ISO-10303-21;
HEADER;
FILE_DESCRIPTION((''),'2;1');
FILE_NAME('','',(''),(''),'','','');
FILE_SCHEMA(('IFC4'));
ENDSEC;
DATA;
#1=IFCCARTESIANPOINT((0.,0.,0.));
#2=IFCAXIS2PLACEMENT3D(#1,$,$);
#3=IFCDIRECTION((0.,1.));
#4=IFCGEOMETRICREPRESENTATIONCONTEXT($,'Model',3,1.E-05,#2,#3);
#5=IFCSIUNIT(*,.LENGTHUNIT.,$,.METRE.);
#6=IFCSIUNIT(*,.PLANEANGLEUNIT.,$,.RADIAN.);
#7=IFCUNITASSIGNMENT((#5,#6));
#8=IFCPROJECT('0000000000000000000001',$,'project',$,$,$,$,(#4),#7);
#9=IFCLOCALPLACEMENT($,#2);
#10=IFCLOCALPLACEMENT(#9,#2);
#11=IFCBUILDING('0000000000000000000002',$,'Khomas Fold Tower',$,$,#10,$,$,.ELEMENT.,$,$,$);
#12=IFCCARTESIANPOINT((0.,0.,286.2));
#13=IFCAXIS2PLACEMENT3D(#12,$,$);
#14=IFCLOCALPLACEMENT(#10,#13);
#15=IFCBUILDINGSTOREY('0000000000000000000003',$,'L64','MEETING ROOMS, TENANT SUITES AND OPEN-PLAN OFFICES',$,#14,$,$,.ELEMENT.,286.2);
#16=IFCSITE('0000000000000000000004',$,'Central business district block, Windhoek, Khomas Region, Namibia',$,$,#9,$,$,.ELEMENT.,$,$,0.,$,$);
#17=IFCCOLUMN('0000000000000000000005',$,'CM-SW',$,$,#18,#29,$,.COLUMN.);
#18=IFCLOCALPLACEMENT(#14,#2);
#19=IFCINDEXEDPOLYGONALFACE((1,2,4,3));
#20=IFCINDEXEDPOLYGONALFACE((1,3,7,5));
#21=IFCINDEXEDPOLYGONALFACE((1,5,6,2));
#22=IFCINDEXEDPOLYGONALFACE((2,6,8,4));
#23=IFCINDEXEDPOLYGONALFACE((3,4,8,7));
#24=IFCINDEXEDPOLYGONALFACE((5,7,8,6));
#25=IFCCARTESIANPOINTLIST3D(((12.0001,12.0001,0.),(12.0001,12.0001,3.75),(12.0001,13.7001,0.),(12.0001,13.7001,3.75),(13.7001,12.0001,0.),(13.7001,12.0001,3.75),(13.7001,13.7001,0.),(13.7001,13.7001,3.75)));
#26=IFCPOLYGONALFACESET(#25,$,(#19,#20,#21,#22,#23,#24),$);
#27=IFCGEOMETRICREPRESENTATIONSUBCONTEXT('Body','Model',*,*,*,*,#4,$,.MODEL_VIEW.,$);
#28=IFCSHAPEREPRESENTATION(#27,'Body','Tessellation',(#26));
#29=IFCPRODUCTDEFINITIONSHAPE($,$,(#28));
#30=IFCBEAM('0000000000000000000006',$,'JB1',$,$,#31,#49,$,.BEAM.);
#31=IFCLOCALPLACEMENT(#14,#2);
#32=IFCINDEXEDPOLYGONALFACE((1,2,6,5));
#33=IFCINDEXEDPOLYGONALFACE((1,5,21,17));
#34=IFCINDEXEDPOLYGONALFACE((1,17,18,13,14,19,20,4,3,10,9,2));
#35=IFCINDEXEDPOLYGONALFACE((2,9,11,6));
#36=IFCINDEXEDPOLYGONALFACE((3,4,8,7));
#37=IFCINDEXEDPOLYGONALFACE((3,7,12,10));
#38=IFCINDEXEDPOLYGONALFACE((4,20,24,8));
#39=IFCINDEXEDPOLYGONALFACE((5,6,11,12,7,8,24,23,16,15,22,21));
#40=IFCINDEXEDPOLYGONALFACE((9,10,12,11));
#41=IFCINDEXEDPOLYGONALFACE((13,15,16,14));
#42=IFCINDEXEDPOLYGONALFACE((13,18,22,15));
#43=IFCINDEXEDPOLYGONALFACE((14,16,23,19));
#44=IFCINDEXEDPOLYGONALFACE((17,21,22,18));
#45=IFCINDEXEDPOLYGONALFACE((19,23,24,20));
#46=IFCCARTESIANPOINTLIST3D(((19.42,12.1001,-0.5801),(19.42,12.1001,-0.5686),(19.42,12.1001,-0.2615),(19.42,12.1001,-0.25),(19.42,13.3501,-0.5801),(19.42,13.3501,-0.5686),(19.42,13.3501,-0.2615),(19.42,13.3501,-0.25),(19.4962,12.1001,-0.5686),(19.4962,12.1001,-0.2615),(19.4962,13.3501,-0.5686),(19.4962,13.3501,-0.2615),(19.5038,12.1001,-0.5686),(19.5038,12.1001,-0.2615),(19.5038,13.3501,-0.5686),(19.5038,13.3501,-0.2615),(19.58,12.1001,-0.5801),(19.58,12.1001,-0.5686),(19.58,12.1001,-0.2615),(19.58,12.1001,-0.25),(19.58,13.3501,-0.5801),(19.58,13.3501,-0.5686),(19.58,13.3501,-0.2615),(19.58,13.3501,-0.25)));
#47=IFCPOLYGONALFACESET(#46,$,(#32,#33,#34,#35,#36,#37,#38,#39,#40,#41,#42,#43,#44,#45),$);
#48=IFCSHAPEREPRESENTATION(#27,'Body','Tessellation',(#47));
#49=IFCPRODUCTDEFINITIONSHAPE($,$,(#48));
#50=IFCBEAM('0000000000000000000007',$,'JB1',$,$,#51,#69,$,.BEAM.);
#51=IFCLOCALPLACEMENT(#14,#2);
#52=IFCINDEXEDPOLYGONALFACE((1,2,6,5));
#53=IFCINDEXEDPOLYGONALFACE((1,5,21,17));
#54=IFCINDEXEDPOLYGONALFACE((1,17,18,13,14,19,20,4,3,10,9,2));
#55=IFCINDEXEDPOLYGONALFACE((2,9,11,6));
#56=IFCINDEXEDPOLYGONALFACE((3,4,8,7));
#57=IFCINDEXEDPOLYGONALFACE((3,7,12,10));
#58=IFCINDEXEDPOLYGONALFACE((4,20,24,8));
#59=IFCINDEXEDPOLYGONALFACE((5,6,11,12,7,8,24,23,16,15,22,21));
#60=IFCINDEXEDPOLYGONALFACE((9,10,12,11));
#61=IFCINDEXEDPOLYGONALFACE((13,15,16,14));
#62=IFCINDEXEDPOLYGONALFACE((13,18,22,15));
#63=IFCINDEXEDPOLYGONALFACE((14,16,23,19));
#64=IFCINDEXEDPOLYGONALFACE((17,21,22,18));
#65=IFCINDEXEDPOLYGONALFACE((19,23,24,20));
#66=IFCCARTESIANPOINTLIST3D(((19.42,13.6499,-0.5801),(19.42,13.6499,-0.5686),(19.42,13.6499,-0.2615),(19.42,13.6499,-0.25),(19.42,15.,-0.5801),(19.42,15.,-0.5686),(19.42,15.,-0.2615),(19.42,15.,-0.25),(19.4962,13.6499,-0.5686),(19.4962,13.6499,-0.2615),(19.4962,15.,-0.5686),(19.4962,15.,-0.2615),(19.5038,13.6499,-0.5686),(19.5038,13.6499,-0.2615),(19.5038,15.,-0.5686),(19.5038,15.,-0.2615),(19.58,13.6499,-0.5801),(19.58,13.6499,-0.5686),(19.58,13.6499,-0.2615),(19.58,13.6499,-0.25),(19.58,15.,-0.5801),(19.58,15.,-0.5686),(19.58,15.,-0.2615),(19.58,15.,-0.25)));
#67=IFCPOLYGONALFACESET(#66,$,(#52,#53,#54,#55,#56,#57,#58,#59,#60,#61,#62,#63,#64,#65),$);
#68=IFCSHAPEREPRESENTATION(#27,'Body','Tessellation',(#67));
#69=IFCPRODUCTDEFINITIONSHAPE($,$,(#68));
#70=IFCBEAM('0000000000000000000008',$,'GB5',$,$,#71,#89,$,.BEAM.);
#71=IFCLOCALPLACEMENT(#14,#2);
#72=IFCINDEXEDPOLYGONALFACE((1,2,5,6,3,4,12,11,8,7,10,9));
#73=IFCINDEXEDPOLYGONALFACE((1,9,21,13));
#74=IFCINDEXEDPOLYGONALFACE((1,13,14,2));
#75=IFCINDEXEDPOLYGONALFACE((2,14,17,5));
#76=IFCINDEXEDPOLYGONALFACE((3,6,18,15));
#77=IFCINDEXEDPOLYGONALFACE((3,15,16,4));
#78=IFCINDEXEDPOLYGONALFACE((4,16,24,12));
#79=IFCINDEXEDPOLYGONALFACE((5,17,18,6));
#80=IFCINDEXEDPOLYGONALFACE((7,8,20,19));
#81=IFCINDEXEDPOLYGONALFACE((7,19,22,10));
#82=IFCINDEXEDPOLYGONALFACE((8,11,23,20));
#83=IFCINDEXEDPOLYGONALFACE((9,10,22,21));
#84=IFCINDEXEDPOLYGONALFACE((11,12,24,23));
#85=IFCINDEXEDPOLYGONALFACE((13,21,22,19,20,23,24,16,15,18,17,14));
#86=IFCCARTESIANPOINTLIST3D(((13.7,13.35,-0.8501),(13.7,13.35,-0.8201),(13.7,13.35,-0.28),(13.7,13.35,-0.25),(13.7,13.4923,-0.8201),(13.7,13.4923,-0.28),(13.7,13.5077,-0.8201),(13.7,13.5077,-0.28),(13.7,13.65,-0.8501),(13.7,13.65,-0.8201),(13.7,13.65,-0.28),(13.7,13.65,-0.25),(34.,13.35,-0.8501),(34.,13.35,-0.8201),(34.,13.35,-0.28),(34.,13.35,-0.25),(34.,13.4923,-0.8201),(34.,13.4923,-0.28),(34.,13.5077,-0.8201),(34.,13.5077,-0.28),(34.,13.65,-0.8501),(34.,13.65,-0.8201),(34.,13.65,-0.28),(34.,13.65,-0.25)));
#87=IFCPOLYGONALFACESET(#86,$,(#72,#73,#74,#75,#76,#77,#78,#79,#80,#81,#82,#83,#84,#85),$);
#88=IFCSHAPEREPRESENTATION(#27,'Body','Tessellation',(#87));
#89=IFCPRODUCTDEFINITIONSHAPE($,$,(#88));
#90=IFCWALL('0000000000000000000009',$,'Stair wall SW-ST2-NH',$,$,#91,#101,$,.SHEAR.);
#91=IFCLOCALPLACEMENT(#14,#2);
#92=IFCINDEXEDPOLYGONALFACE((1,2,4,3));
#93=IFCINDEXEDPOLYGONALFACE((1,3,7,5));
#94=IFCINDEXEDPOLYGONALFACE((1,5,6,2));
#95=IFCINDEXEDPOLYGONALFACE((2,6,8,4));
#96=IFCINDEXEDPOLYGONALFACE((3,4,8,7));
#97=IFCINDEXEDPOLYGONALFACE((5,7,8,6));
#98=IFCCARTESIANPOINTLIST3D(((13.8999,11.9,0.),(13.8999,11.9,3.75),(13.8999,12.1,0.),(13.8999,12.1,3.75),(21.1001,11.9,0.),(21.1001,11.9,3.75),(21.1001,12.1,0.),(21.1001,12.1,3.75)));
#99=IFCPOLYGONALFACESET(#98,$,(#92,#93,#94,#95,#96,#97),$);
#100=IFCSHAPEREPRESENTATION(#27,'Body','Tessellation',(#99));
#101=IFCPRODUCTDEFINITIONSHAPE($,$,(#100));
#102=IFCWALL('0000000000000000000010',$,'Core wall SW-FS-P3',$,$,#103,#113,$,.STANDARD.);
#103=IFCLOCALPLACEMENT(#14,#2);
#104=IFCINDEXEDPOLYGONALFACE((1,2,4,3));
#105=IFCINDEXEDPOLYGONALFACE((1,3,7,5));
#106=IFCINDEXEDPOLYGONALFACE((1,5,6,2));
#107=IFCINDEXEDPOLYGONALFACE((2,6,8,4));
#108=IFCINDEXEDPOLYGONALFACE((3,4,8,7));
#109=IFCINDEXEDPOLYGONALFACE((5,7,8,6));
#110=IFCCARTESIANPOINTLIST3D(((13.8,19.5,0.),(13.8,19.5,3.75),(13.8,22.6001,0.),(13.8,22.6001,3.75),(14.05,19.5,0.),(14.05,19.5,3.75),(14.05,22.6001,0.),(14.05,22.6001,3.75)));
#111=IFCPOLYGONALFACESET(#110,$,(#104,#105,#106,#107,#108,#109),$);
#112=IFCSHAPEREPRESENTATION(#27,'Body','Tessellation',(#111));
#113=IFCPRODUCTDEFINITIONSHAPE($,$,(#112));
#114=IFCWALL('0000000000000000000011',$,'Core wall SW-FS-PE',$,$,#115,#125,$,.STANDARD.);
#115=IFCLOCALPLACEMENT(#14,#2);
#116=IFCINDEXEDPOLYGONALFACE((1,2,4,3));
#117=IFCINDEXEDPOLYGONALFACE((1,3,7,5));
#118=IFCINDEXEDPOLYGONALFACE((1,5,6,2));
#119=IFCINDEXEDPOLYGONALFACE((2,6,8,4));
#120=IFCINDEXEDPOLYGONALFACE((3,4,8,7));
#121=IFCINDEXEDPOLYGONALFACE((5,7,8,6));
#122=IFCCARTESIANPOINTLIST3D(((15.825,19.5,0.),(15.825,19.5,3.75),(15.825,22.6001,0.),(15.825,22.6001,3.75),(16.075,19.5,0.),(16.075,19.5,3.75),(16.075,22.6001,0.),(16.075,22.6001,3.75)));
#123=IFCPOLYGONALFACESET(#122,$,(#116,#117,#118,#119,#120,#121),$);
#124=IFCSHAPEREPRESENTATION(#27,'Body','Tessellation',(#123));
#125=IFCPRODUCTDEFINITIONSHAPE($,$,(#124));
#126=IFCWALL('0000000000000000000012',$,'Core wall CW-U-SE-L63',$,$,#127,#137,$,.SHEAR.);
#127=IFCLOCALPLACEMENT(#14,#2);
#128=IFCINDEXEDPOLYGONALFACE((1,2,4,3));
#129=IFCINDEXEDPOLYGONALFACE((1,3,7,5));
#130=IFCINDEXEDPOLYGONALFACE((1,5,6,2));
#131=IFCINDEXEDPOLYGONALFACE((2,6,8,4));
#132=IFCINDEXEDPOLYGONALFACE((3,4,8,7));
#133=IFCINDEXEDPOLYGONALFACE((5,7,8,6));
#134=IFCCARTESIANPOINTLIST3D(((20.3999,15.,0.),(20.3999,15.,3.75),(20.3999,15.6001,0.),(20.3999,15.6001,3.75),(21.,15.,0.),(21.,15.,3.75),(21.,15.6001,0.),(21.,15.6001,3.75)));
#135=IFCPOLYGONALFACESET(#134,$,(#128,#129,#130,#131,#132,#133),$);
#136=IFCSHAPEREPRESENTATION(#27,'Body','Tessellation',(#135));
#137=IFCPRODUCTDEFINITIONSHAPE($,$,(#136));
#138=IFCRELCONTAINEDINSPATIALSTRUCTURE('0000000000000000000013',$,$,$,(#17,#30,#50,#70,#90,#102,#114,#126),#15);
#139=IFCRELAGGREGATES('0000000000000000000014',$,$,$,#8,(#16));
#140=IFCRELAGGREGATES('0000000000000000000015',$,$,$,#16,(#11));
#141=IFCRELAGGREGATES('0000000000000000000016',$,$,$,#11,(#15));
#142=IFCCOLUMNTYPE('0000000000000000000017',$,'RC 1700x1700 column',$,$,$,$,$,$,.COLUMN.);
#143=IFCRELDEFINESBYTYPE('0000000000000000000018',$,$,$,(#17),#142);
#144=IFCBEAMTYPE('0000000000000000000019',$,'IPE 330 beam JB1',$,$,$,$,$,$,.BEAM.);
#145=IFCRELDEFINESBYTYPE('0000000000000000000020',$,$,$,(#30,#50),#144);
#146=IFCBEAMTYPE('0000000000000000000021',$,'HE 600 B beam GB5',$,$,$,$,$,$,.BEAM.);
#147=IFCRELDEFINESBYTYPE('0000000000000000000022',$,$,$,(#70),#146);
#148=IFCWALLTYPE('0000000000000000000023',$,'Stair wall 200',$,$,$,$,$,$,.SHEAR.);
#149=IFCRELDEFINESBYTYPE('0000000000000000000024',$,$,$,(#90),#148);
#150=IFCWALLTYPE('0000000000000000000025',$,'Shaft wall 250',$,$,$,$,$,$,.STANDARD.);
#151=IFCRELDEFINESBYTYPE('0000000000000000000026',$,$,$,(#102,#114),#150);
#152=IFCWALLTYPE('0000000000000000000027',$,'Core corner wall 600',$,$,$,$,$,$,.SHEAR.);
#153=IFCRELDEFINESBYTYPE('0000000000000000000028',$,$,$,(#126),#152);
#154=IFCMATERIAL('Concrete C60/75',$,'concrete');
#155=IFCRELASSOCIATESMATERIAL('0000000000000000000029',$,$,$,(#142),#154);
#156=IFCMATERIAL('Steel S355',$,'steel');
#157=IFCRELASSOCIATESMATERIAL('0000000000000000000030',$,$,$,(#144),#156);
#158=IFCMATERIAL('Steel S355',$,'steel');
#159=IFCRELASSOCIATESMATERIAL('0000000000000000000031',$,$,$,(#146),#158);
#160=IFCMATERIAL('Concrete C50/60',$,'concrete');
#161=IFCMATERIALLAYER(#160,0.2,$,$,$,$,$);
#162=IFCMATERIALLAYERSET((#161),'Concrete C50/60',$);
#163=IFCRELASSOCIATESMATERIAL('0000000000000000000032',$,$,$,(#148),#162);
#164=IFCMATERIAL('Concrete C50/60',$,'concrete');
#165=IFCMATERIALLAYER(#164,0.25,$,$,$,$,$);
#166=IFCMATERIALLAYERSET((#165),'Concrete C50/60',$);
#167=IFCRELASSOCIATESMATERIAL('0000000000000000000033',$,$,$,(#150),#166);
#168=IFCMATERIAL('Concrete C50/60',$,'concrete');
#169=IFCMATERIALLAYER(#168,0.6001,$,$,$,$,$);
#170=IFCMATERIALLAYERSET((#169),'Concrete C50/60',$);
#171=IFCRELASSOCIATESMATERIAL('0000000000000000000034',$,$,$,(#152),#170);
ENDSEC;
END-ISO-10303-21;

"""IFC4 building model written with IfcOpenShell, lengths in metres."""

from ifc_helpers import new_model, si_unit, direction, frame, frame_2d, origin, origin_2d, place, context, subcontext, project, spatial, rectangle, i_section, extrude, source, transform, mapped, material, layer, layer_set, material_profile, profile_set, type_object, element, save


model = new_model("IFC4")

# Units and contexts
model_context = context("Model", 3, precision=1e-05, world=origin(), true_north=direction((0.0, 1.0)))
body_context = subcontext(model_context, "Body", "Model", "MODEL_VIEW")
ifc_project = project(units=[si_unit("LENGTHUNIT", "METRE"), si_unit("PLANEANGLEUNIT", "RADIAN")], contexts=[model_context])

# Site, building, storey
site_placement = place(None, origin())
site = spatial("IfcSite", under=ifc_project, at=site_placement, Name="Central business district block, Windhoek, Khomas Region, Namibia", CompositionType="ELEMENT", RefElevation=0.0)
building_placement = place(site_placement, origin())
building = spatial("IfcBuilding", under=site, at=building_placement, Name="Khomas Fold Tower", CompositionType="ELEMENT")
storey_placement = place(building_placement, frame((0.0, 0.0, 286.2)))
storey = spatial("IfcBuildingStorey", under=building, at=storey_placement, Name="L64", Description="MEETING ROOMS, TENANT SUITES AND OPEN-PLAN OFFICES", CompositionType="ELEMENT", Elevation=286.2)

# Column
ifc_material_1 = material(Name="Concrete C60/75", Category="concrete")
ifc_material_profile_1 = material_profile(ifc_material_1, rectangle(XDim=1.7, YDim=1.7, at=origin_2d()), Name="RC 1700x1700")
ifc_profile_set_1 = profile_set([ifc_material_profile_1], Name="Concrete C60/75")
column_type = type_object("IfcColumnType", Name="RC 1700x1700 column", PredefinedType="COLUMN", material=ifc_profile_set_1)
shared_shape_1 = source(origin(), body_context, "Body", "SweptSolid", [
    extrude(rectangle(XDim=1.7, YDim=1.7, at=origin_2d()), origin(), (0.0, 0.0, 1.0), 3.75),
])
column_placement = place(storey_placement, frame((12.8501, 12.8501, 0.0), z_axis=(0.0, 0.0, 1.0), x_axis=(1.0, 0.0, 0.0)))
element("IfcColumn", 1, at=column_placement, inside=storey, type_object=column_type, Name="CM-SW", PredefinedType="COLUMN", context=body_context, shape_type="MappedRepresentation", body=[
    mapped(shared_shape_1, transform((0.0, 0.0, 0.0))),
])

# Beams
ifc_material_2 = material(Name="Steel S355", Category="steel")
ifc_material_profile_2 = material_profile(ifc_material_2, i_section(OverallWidth=0.1599, OverallDepth=0.3301, WebThickness=0.0076, FlangeThickness=0.0115, at=origin_2d()), Name="IPE 330")
ifc_profile_set_2 = profile_set([ifc_material_profile_2], Name="Steel S355")
beam_type_1 = type_object("IfcBeamType", Name="IPE 330 beam JB1", PredefinedType="BEAM", material=ifc_profile_set_2)
shared_shape_2 = source(origin(), body_context, "Body", "SweptSolid", [
    extrude(i_section(OverallWidth=0.1599, OverallDepth=0.3301, WebThickness=0.0076, FlangeThickness=0.0115, at=origin_2d()), origin(), (0.0, 0.0, 1.0), 1.25),
])
beam_1_placement = place(storey_placement, frame((19.5, 12.1001, -0.415), z_axis=(0.0, 1.0, 0.0), x_axis=(-1.0, 0.0, 0.0)))
element("IfcBeam", 2, at=beam_1_placement, inside=storey, type_object=beam_type_1, Name="JB1", PredefinedType="BEAM", context=body_context, shape_type="MappedRepresentation", body=[
    mapped(shared_shape_2, transform((0.0, 0.0, 0.0))),
])
shared_shape_3 = source(origin(), body_context, "Body", "SweptSolid", [
    extrude(i_section(OverallWidth=0.1599, OverallDepth=0.3301, WebThickness=0.0076, FlangeThickness=0.0115, at=origin_2d()), origin(), (0.0, 0.0, 1.0), 1.3501),
])
beam_2_placement = place(storey_placement, frame((19.5, 13.6499, -0.415), z_axis=(0.0, 1.0, 0.0), x_axis=(-1.0, 0.0, 0.0)))
element("IfcBeam", 3, at=beam_2_placement, inside=storey, type_object=beam_type_1, Name="JB1", PredefinedType="BEAM", context=body_context, shape_type="MappedRepresentation", body=[
    mapped(shared_shape_3, transform((0.0, 0.0, 0.0))),
])
ifc_material_3 = material(Name="Steel S355", Category="steel")
ifc_material_profile_3 = material_profile(ifc_material_3, i_section(OverallWidth=0.3, OverallDepth=0.6001, WebThickness=0.0154, FlangeThickness=0.03, at=origin_2d()), Name="HE 600 B")
ifc_profile_set_3 = profile_set([ifc_material_profile_3], Name="Steel S355")
beam_type_2 = type_object("IfcBeamType", Name="HE 600 B beam GB5", PredefinedType="BEAM", material=ifc_profile_set_3)
shared_shape_4 = source(origin(), body_context, "Body", "SweptSolid", [
    extrude(i_section(OverallWidth=0.3, OverallDepth=0.6001, WebThickness=0.0154, FlangeThickness=0.03, at=origin_2d()), origin(), (0.0, 0.0, 1.0), 20.3),
])
beam_3_placement = place(storey_placement, frame((13.7, 13.5, -0.55), z_axis=(1.0, 0.0, 0.0), x_axis=(0.0, 1.0, 0.0)))
element("IfcBeam", 4, at=beam_3_placement, inside=storey, type_object=beam_type_2, Name="GB5", PredefinedType="BEAM", context=body_context, shape_type="MappedRepresentation", body=[
    mapped(shared_shape_4, transform((0.0, 0.0, 0.0))),
])

# Walls
ifc_material_4 = material(Name="Concrete C50/60", Category="concrete")
ifc_layer_1 = layer(ifc_material_4, 0.2)
ifc_layer_set_1 = layer_set([ifc_layer_1], Name="Concrete C50/60")
wall_type_1 = type_object("IfcWallType", Name="Stair wall 200", PredefinedType="SHEAR", material=ifc_layer_set_1)
shared_shape_5 = source(origin(), body_context, "Body", "SweptSolid", [
    extrude(rectangle(XDim=7.2002, YDim=0.2, at=frame_2d((3.6001, 0.0))), origin(), (0.0, 0.0, 1.0), 3.75),
])
wall_1_placement = place(storey_placement, frame((13.8999, 12.0, 0.0), z_axis=(0.0, 0.0, 1.0), x_axis=(1.0, 0.0, 0.0)))
element("IfcWall", 5, at=wall_1_placement, inside=storey, type_object=wall_type_1, Name="Stair wall SW-ST2-NH", PredefinedType="SHEAR", context=body_context, shape_type="MappedRepresentation", body=[
    mapped(shared_shape_5, transform((0.0, 0.0, 0.0))),
])
ifc_material_5 = material(Name="Concrete C50/60", Category="concrete")
ifc_layer_2 = layer(ifc_material_5, 0.25)
ifc_layer_set_2 = layer_set([ifc_layer_2], Name="Concrete C50/60")
wall_type_2 = type_object("IfcWallType", Name="Shaft wall 250", PredefinedType="STANDARD", material=ifc_layer_set_2)
shared_shape_6 = source(origin(), body_context, "Body", "SweptSolid", [
    extrude(rectangle(XDim=3.1001, YDim=0.25, at=frame_2d((1.55, 0.0))), origin(), (0.0, 0.0, 1.0), 3.75),
])
for number, where, z_axis, x_axis, name in (
    (6, (13.925, 19.5, 0.0), (0.0, 0.0, 1.0), (0.0, 1.0, 0.0), "Core wall SW-FS-P3"),
    (7, (15.95, 19.5, 0.0), (0.0, 0.0, 1.0), (0.0, 1.0, 0.0), "Core wall SW-FS-PE"),
):
    element("IfcWall", number, at=place(storey_placement, frame(where, z_axis=z_axis, x_axis=x_axis)), inside=storey, type_object=wall_type_2, Name=name, PredefinedType="STANDARD", context=body_context, shape_type="MappedRepresentation", body=[
        mapped(shared_shape_6, transform((0.0, 0.0, 0.0))),
    ])
ifc_material_6 = material(Name="Concrete C50/60", Category="concrete")
ifc_layer_3 = layer(ifc_material_6, 0.6001)
ifc_layer_set_3 = layer_set([ifc_layer_3], Name="Concrete C50/60")
wall_type_3 = type_object("IfcWallType", Name="Core corner wall 600", PredefinedType="SHEAR", material=ifc_layer_set_3)
shared_shape_7 = source(origin(), body_context, "Body", "SweptSolid", [
    extrude(rectangle(XDim=0.6001, YDim=0.6001, at=frame_2d((0.3, 0.0))), origin(), (0.0, 0.0, 1.0), 3.75),
])
wall_2_placement = place(storey_placement, frame((20.3999, 15.3, 0.0), z_axis=(0.0, 0.0, 1.0), x_axis=(1.0, 0.0, 0.0)))
element("IfcWall", 8, at=wall_2_placement, inside=storey, type_object=wall_type_3, Name="Core wall CW-U-SE-L63", PredefinedType="SHEAR", context=body_context, shape_type="MappedRepresentation", body=[
    mapped(shared_shape_7, transform((0.0, 0.0, 0.0))),
])

save(model, "model.ifc")
